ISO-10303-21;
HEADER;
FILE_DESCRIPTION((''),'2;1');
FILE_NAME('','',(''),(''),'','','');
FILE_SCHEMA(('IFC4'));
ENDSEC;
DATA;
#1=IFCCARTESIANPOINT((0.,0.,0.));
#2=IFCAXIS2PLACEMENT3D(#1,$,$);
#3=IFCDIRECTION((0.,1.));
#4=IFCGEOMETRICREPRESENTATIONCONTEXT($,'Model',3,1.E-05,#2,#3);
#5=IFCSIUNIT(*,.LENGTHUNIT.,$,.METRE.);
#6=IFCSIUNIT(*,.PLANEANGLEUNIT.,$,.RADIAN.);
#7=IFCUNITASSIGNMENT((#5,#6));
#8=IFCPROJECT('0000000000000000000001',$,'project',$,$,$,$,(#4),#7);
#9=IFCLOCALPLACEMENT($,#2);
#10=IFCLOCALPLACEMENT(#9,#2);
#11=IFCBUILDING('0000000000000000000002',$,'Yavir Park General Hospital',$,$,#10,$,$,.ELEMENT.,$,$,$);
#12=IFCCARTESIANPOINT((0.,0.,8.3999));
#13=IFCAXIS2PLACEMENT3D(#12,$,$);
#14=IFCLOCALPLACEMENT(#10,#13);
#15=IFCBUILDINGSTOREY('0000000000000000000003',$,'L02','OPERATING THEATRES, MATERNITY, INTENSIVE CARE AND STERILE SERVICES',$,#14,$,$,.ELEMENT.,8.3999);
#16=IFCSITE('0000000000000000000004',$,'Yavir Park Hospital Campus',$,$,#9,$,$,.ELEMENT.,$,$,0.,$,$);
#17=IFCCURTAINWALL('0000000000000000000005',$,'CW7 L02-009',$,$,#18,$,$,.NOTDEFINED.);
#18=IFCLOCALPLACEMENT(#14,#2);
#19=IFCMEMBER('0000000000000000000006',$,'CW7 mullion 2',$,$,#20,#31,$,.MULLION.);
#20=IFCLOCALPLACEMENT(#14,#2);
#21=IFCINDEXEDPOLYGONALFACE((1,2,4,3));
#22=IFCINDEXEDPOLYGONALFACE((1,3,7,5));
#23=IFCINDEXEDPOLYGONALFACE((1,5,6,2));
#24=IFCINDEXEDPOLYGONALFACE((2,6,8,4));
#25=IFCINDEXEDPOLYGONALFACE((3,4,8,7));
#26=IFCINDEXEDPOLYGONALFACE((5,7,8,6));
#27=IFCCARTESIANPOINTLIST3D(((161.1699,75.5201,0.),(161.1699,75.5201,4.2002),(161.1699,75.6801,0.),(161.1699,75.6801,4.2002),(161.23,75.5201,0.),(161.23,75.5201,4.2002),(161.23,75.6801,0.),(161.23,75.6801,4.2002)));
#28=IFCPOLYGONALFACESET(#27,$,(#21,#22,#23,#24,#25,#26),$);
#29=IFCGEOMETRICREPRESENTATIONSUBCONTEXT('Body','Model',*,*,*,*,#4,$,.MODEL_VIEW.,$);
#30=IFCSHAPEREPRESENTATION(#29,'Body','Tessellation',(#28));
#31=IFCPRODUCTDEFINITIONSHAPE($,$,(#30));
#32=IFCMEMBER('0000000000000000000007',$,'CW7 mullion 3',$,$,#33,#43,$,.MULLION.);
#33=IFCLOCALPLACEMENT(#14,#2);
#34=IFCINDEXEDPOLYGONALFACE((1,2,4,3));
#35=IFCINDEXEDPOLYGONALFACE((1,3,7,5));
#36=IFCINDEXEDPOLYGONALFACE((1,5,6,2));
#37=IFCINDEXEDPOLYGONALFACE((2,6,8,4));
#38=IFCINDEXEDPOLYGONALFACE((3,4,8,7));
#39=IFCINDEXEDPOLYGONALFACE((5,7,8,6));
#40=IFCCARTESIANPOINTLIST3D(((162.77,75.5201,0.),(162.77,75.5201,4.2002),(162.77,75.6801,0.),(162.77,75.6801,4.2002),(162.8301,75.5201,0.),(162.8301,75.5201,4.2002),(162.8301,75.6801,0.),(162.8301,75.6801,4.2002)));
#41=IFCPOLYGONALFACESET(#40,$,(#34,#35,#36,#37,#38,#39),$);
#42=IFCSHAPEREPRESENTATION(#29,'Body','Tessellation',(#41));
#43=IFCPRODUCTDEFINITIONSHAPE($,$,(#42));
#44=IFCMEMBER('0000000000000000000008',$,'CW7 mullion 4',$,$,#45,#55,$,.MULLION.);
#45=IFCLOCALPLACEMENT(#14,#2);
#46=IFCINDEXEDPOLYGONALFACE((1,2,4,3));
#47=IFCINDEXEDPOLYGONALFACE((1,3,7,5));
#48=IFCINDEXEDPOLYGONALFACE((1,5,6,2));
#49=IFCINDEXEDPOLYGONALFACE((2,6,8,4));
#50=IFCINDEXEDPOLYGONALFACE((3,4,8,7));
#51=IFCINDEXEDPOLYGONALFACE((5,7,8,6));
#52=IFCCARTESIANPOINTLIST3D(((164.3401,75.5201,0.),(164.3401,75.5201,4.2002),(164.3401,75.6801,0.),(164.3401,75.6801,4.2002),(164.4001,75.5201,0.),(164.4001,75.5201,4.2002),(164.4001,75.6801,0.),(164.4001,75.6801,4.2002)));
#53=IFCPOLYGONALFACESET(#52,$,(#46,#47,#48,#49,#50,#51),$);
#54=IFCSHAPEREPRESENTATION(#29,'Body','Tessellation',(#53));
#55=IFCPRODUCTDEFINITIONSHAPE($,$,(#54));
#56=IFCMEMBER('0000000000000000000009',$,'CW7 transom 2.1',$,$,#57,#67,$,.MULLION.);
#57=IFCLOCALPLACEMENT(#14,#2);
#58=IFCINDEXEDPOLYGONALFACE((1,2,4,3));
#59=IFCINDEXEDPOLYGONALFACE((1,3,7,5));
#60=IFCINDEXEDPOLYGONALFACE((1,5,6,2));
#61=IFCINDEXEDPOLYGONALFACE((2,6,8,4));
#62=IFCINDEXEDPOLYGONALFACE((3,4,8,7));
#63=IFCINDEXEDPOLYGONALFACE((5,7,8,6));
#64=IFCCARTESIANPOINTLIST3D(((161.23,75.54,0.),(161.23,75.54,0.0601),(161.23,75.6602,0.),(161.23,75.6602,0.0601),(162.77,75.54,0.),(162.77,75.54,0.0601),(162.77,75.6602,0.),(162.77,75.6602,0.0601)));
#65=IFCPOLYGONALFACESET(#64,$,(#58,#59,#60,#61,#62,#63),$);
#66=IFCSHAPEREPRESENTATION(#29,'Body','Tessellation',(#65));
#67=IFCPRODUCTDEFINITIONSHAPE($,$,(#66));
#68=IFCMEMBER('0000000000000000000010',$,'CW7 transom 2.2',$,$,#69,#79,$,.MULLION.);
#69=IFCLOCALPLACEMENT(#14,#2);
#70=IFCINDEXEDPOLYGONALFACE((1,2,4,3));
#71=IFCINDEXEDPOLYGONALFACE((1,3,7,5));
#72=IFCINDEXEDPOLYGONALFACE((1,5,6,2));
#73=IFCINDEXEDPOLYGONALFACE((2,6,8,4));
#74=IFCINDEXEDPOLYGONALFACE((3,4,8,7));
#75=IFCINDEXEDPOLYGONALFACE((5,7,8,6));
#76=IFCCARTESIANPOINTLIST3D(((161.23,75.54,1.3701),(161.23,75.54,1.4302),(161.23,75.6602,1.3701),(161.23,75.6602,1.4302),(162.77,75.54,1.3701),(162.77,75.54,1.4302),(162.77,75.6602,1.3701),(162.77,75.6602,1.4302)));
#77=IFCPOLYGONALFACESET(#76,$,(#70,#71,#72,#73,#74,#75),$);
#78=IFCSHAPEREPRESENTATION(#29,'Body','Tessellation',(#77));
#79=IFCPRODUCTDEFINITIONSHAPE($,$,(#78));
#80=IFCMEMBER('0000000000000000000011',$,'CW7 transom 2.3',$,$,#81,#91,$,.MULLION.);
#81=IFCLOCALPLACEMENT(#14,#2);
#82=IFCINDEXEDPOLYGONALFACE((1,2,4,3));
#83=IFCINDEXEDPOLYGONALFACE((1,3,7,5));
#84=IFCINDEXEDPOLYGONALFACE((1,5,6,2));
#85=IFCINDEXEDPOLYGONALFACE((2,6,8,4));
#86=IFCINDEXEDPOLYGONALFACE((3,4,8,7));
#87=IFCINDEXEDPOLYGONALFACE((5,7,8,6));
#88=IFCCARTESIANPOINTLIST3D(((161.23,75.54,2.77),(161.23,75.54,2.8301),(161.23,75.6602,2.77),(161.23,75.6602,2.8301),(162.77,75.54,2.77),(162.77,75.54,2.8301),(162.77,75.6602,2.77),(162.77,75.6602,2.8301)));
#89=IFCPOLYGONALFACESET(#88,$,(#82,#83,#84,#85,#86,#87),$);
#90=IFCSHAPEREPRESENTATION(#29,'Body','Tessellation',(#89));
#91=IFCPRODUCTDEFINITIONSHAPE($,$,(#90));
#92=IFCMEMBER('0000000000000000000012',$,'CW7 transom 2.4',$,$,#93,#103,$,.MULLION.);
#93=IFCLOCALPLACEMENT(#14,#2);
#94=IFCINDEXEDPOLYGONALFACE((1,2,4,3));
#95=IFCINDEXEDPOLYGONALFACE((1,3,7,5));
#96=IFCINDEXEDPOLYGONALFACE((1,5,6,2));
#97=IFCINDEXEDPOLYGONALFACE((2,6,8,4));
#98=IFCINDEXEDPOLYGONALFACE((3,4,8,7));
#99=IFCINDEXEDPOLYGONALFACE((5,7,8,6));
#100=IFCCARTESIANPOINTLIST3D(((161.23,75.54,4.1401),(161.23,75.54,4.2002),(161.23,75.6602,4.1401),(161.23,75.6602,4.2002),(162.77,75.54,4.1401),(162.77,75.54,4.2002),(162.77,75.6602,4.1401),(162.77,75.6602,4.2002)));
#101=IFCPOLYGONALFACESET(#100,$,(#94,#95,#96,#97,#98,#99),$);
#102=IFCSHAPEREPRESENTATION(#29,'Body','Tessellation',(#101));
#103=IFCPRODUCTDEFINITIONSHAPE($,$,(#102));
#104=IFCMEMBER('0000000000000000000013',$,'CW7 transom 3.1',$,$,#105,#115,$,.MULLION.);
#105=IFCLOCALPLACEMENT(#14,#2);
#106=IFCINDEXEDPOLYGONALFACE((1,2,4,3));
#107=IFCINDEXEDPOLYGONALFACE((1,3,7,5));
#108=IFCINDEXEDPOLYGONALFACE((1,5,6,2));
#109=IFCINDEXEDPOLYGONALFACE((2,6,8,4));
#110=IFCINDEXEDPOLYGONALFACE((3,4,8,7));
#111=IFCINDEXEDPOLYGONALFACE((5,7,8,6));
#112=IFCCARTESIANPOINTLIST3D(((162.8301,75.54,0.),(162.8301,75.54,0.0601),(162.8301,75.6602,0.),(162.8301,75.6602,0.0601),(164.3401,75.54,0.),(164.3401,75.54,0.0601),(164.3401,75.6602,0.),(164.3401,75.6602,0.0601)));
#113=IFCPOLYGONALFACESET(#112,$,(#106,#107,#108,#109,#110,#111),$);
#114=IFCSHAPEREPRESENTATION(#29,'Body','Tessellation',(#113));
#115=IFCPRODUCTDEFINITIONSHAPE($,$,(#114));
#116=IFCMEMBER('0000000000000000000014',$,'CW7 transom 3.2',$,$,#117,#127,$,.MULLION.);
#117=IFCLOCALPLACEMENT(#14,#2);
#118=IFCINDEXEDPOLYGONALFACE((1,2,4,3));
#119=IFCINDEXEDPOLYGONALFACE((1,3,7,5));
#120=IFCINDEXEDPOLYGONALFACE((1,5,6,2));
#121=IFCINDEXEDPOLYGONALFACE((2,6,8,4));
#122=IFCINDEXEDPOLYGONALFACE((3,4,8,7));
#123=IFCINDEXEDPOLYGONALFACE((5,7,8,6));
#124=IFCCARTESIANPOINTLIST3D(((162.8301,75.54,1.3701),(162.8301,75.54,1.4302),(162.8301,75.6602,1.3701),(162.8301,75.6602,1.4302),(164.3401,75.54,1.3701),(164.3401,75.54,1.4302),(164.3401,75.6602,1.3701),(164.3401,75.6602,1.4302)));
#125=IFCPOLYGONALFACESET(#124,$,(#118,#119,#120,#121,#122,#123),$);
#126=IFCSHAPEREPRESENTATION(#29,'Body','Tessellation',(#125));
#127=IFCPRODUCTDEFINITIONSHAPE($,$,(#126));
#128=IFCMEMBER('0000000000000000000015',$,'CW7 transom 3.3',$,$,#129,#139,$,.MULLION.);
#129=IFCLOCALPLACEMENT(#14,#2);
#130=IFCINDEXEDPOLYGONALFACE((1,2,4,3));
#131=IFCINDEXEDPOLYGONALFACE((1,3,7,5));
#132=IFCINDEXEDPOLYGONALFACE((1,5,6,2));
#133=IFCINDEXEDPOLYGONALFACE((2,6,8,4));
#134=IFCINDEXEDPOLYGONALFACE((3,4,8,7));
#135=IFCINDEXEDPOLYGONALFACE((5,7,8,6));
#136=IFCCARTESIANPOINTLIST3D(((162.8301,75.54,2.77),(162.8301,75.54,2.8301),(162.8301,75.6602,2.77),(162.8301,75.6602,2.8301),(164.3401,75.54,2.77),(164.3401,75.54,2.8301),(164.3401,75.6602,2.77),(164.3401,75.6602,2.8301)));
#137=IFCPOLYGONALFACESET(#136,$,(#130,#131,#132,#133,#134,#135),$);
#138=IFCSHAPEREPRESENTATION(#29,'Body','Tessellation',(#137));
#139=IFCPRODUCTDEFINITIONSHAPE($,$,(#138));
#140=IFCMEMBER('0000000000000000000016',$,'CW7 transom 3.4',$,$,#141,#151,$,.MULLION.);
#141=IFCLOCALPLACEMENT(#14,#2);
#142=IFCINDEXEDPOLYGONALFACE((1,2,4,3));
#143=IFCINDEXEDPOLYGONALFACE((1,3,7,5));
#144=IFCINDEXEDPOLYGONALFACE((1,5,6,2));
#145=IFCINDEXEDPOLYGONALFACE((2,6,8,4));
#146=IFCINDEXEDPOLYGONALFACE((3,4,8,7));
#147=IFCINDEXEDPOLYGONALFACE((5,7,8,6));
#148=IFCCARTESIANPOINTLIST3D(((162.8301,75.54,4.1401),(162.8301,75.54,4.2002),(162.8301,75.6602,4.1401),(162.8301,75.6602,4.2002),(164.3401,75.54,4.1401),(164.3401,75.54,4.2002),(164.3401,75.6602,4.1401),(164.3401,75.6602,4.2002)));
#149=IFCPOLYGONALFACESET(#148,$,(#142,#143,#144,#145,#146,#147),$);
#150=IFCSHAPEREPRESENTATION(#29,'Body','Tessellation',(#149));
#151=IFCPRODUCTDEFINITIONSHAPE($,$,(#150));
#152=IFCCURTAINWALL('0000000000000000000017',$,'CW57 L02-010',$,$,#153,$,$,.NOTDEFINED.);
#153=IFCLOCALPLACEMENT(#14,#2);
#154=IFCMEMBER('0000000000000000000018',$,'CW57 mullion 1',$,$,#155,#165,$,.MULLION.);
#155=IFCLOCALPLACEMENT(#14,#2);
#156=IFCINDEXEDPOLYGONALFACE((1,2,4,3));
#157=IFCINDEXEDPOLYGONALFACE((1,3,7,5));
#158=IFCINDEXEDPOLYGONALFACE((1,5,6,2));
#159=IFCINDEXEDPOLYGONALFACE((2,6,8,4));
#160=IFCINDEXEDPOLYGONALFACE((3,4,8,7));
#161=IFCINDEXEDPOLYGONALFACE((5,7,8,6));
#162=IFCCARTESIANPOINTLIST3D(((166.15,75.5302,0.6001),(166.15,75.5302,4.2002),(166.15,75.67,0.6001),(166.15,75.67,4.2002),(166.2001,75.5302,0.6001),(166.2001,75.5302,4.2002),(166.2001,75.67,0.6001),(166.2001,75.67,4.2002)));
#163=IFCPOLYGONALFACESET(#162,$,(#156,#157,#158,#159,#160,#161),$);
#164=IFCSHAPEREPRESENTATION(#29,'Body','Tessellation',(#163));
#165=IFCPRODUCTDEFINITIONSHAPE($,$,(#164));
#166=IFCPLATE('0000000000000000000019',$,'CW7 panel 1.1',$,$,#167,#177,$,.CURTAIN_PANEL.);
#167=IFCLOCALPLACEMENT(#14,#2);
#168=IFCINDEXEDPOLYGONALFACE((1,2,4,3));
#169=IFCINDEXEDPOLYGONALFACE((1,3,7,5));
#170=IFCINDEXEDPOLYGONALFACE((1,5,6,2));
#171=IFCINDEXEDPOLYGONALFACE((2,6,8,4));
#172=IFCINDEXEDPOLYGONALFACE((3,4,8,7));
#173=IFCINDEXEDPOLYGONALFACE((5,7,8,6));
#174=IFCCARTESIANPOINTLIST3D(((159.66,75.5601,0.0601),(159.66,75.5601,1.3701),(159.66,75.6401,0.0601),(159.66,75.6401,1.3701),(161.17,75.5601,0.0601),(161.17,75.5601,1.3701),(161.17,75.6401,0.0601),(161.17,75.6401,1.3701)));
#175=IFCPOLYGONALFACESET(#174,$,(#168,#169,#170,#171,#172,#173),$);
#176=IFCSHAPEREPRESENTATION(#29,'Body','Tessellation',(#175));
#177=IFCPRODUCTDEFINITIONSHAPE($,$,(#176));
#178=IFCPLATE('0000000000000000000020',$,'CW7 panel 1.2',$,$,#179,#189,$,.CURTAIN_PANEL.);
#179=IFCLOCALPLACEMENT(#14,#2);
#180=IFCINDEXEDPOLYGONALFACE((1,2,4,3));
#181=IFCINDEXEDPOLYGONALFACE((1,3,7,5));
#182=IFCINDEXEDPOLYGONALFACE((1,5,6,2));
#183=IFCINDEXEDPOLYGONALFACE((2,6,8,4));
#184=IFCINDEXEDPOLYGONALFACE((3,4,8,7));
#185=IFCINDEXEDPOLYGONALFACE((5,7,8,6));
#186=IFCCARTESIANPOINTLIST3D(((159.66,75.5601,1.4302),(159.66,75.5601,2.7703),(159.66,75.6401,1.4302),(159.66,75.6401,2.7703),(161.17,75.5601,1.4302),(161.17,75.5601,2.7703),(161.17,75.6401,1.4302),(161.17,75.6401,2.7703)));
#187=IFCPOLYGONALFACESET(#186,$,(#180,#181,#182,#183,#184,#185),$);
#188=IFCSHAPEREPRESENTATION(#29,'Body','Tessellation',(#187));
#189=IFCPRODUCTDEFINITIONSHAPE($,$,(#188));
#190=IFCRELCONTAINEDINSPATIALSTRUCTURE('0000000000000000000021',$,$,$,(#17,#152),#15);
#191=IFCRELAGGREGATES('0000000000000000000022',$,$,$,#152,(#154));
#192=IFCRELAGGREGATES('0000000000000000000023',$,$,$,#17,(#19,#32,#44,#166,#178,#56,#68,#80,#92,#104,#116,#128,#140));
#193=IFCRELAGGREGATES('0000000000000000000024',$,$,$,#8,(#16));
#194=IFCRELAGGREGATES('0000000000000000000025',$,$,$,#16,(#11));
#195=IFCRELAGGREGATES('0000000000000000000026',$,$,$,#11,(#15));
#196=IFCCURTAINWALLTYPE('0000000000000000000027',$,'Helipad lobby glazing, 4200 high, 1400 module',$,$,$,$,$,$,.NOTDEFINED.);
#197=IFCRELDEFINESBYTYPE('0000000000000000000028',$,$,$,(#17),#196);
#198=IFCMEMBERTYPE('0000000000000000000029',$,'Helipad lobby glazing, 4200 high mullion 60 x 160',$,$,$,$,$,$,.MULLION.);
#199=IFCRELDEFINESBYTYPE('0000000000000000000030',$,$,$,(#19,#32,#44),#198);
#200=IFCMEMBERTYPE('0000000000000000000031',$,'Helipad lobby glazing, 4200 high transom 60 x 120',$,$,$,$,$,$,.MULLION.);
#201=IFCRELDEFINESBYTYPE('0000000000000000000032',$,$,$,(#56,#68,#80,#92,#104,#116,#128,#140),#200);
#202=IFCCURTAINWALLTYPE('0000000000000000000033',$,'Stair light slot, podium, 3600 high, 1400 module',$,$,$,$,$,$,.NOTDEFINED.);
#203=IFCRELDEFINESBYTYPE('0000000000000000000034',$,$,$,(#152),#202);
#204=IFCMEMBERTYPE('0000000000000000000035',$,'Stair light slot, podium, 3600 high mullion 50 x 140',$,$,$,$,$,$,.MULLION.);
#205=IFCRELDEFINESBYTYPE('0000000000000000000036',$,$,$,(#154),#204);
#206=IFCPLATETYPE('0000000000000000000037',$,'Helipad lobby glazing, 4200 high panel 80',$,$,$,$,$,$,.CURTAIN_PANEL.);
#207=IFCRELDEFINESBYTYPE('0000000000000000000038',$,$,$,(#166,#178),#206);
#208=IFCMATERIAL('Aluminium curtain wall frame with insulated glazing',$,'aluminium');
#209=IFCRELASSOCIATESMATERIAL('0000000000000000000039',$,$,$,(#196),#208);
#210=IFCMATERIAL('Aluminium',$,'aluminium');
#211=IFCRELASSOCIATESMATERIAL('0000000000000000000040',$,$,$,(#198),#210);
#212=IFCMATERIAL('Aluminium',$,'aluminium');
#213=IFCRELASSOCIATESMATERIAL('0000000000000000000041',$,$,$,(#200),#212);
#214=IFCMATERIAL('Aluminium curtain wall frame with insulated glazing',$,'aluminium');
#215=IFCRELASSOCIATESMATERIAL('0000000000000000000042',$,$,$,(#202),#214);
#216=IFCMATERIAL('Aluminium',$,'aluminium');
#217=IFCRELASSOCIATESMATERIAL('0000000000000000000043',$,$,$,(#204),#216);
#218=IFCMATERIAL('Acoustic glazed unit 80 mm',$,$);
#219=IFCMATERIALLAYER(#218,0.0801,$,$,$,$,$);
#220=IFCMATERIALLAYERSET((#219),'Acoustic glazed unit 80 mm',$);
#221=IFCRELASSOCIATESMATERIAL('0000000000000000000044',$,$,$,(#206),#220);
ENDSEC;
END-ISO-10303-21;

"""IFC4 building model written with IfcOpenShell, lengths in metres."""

from ifc_helpers import new_model, si_unit, direction, frame, origin, origin_2d, place, context, subcontext, project, spatial, rectangle, extrude, material, layer, layer_set, material_profile, profile_set, type_object, element, aggregate, save


model = new_model("IFC4")

# Units and contexts
model_context = context("Model", 3, precision=1e-05, world=origin(), true_north=direction((0.0, 1.0)))
body_context = subcontext(model_context, "Body", "Model", "MODEL_VIEW")
ifc_project = project(units=[si_unit("LENGTHUNIT", "METRE"), si_unit("PLANEANGLEUNIT", "RADIAN")], contexts=[model_context])

# Site, building, storey
site_placement = place(None, origin())
site = spatial("IfcSite", under=ifc_project, at=site_placement, Name="Yavir Park Hospital Campus", CompositionType="ELEMENT", RefElevation=0.0)
building_placement = place(site_placement, origin())
building = spatial("IfcBuilding", under=site, at=building_placement, Name="Yavir Park General Hospital", CompositionType="ELEMENT")
storey_placement = place(building_placement, frame((0.0, 0.0, 8.3999)))
storey = spatial("IfcBuildingStorey", under=building, at=storey_placement, Name="L02", Description="OPERATING THEATRES, MATERNITY, INTENSIVE CARE AND STERILE SERVICES", CompositionType="ELEMENT", Elevation=8.3999)

# Curtain wall, members
ifc_material_1 = material(Name="Aluminium curtain wall frame with insulated glazing", Category="aluminium")
curtain_wall_type_1 = type_object("IfcCurtainWallType", Name="Helipad lobby glazing, 4200 high, 1400 module", PredefinedType="NOTDEFINED", material=ifc_material_1)
curtain_wall_1_placement = place(storey_placement, origin())
curtain_wall_1 = element("IfcCurtainWall", 1, at=curtain_wall_1_placement, inside=storey, type_object=curtain_wall_type_1, Name="CW7 L02-009", PredefinedType="NOTDEFINED")
ifc_material_2 = material(Name="Aluminium", Category="aluminium")
ifc_material_profile_1 = material_profile(ifc_material_2, rectangle(XDim=0.1599, YDim=0.0601, at=origin_2d()), Name="AL 60x160")
ifc_profile_set_1 = profile_set([ifc_material_profile_1], Name="Aluminium")
member_type_1 = type_object("IfcMemberType", Name="Helipad lobby glazing, 4200 high mullion 60 x 160", PredefinedType="MULLION", material=ifc_profile_set_1)
member_1_placement = place(storey_placement, frame((161.2, 75.6001, 0.0), z_axis=(0.0, 0.0, 1.0), x_axis=(0.0, 1.0, 0.0)))
member_1 = element("IfcMember", 2, at=member_1_placement, type_object=member_type_1, Name="CW7 mullion 2", PredefinedType="MULLION", context=body_context, shape_type="SweptSolid", body=[
    extrude(rectangle(XDim=0.1599, YDim=0.0601, at=origin_2d()), origin(), (0.0, 0.0, 1.0), 4.2002),
])
member_2_placement = place(storey_placement, frame((162.8, 75.6001, 0.0), z_axis=(0.0, 0.0, 1.0), x_axis=(0.0, 1.0, 0.0)))
member_2 = element("IfcMember", 3, at=member_2_placement, type_object=member_type_1, Name="CW7 mullion 3", PredefinedType="MULLION", context=body_context, shape_type="SweptSolid", body=[
    extrude(rectangle(XDim=0.1599, YDim=0.0601, at=origin_2d()), origin(), (0.0, 0.0, 1.0), 4.2002),
])
member_3_placement = place(storey_placement, frame((164.3701, 75.6001, 0.0), z_axis=(0.0, 0.0, 1.0), x_axis=(0.0, 1.0, 0.0)))
member_3 = element("IfcMember", 4, at=member_3_placement, type_object=member_type_1, Name="CW7 mullion 4", PredefinedType="MULLION", context=body_context, shape_type="SweptSolid", body=[
    extrude(rectangle(XDim=0.1599, YDim=0.0601, at=origin_2d()), origin(), (0.0, 0.0, 1.0), 4.2002),
])
ifc_material_3 = material(Name="Aluminium", Category="aluminium")
ifc_material_profile_2 = material_profile(ifc_material_3, rectangle(XDim=0.1201, YDim=0.0601, at=origin_2d()), Name="AL 120x60")
ifc_profile_set_2 = profile_set([ifc_material_profile_2], Name="Aluminium")
member_type_2 = type_object("IfcMemberType", Name="Helipad lobby glazing, 4200 high transom 60 x 120", PredefinedType="MULLION", material=ifc_profile_set_2)
member_4_placement = place(storey_placement, frame((161.23, 75.6001, 0.03), z_axis=(1.0, 0.0, 0.0), x_axis=(0.0, 1.0, 0.0)))
member_4 = element("IfcMember", 5, at=member_4_placement, type_object=member_type_2, Name="CW7 transom 2.1", PredefinedType="MULLION", context=body_context, shape_type="SweptSolid", body=[
    extrude(rectangle(XDim=0.1201, YDim=0.0601, at=origin_2d()), origin(), (0.0, 0.0, 1.0), 1.54),
])
member_5_placement = place(storey_placement, frame((161.23, 75.6001, 1.4001), z_axis=(1.0, 0.0, 0.0), x_axis=(0.0, 1.0, 0.0)))
member_5 = element("IfcMember", 6, at=member_5_placement, type_object=member_type_2, Name="CW7 transom 2.2", PredefinedType="MULLION", context=body_context, shape_type="SweptSolid", body=[
    extrude(rectangle(XDim=0.1201, YDim=0.0601, at=origin_2d()), origin(), (0.0, 0.0, 1.0), 1.54),
])
member_6_placement = place(storey_placement, frame((161.23, 75.6001, 2.8), z_axis=(1.0, 0.0, 0.0), x_axis=(0.0, 1.0, 0.0)))
member_6 = element("IfcMember", 7, at=member_6_placement, type_object=member_type_2, Name="CW7 transom 2.3", PredefinedType="MULLION", context=body_context, shape_type="SweptSolid", body=[
    extrude(rectangle(XDim=0.1201, YDim=0.0601, at=origin_2d()), origin(), (0.0, 0.0, 1.0), 1.54),
])
member_7_placement = place(storey_placement, frame((161.23, 75.6001, 4.1702), z_axis=(1.0, 0.0, 0.0), x_axis=(0.0, 1.0, 0.0)))
member_7 = element("IfcMember", 8, at=member_7_placement, type_object=member_type_2, Name="CW7 transom 2.4", PredefinedType="MULLION", context=body_context, shape_type="SweptSolid", body=[
    extrude(rectangle(XDim=0.1201, YDim=0.0601, at=origin_2d()), origin(), (0.0, 0.0, 1.0), 1.54),
])
member_8_placement = place(storey_placement, frame((162.8301, 75.6001, 0.03), z_axis=(1.0, 0.0, 0.0), x_axis=(0.0, 1.0, 0.0)))
member_8 = element("IfcMember", 9, at=member_8_placement, type_object=member_type_2, Name="CW7 transom 3.1", PredefinedType="MULLION", context=body_context, shape_type="SweptSolid", body=[
    extrude(rectangle(XDim=0.1201, YDim=0.0601, at=origin_2d()), origin(), (0.0, 0.0, 1.0), 1.51),
])
member_9_placement = place(storey_placement, frame((162.8301, 75.6001, 1.4001), z_axis=(1.0, 0.0, 0.0), x_axis=(0.0, 1.0, 0.0)))
member_9 = element("IfcMember", 10, at=member_9_placement, type_object=member_type_2, Name="CW7 transom 3.2", PredefinedType="MULLION", context=body_context, shape_type="SweptSolid", body=[
    extrude(rectangle(XDim=0.1201, YDim=0.0601, at=origin_2d()), origin(), (0.0, 0.0, 1.0), 1.51),
])
member_10_placement = place(storey_placement, frame((162.8301, 75.6001, 2.8), z_axis=(1.0, 0.0, 0.0), x_axis=(0.0, 1.0, 0.0)))
member_10 = element("IfcMember", 11, at=member_10_placement, type_object=member_type_2, Name="CW7 transom 3.3", PredefinedType="MULLION", context=body_context, shape_type="SweptSolid", body=[
    extrude(rectangle(XDim=0.1201, YDim=0.0601, at=origin_2d()), origin(), (0.0, 0.0, 1.0), 1.51),
])
member_11_placement = place(storey_placement, frame((162.8301, 75.6001, 4.1702), z_axis=(1.0, 0.0, 0.0), x_axis=(0.0, 1.0, 0.0)))
member_11 = element("IfcMember", 12, at=member_11_placement, type_object=member_type_2, Name="CW7 transom 3.4", PredefinedType="MULLION", context=body_context, shape_type="SweptSolid", body=[
    extrude(rectangle(XDim=0.1201, YDim=0.0601, at=origin_2d()), origin(), (0.0, 0.0, 1.0), 1.51),
])

# Curtain wall, member
ifc_material_4 = material(Name="Aluminium curtain wall frame with insulated glazing", Category="aluminium")
curtain_wall_type_2 = type_object("IfcCurtainWallType", Name="Stair light slot, podium, 3600 high, 1400 module", PredefinedType="NOTDEFINED", material=ifc_material_4)
curtain_wall_2_placement = place(storey_placement, origin())
curtain_wall_2 = element("IfcCurtainWall", 13, at=curtain_wall_2_placement, inside=storey, type_object=curtain_wall_type_2, Name="CW57 L02-010", PredefinedType="NOTDEFINED")
ifc_material_5 = material(Name="Aluminium", Category="aluminium")
ifc_material_profile_3 = material_profile(ifc_material_5, rectangle(XDim=0.1399, YDim=0.05, at=origin_2d()), Name="AL 50x140")
ifc_profile_set_3 = profile_set([ifc_material_profile_3], Name="Aluminium")
member_type_3 = type_object("IfcMemberType", Name="Stair light slot, podium, 3600 high mullion 50 x 140", PredefinedType="MULLION", material=ifc_profile_set_3)
member_12_placement = place(storey_placement, frame((166.175, 75.6001, 0.6001), z_axis=(0.0, 0.0, 1.0), x_axis=(0.0, 1.0, 0.0)))
member_12 = element("IfcMember", 14, at=member_12_placement, type_object=member_type_3, Name="CW57 mullion 1", PredefinedType="MULLION", context=body_context, shape_type="SweptSolid", body=[
    extrude(rectangle(XDim=0.1399, YDim=0.05, at=origin_2d()), origin(), (0.0, 0.0, 1.0), 3.6001),
])
aggregate(curtain_wall_2, [member_12])

# Plates
ifc_material_6 = material(Name="Acoustic glazed unit 80 mm")
ifc_layer = layer(ifc_material_6, 0.0801)
ifc_layer_set = layer_set([ifc_layer], Name="Acoustic glazed unit 80 mm")
plate_type = type_object("IfcPlateType", Name="Helipad lobby glazing, 4200 high panel 80", PredefinedType="CURTAIN_PANEL", material=ifc_layer_set)
plate_1_placement = place(storey_placement, frame((160.415, 75.6001, 0.0601), z_axis=(0.0, 0.0, 1.0), x_axis=(1.0, 0.0, 0.0)))
plate_1 = element("IfcPlate", 15, at=plate_1_placement, type_object=plate_type, Name="CW7 panel 1.1", PredefinedType="CURTAIN_PANEL", context=body_context, shape_type="SweptSolid", body=[
    extrude(rectangle(XDim=1.51, YDim=0.0801, at=origin_2d()), origin(), (0.0, 0.0, 1.0), 1.3101),
])
plate_2_placement = place(storey_placement, frame((160.415, 75.6001, 1.4302), z_axis=(0.0, 0.0, 1.0), x_axis=(1.0, 0.0, 0.0)))
plate_2 = element("IfcPlate", 16, at=plate_2_placement, type_object=plate_type, Name="CW7 panel 1.2", PredefinedType="CURTAIN_PANEL", context=body_context, shape_type="SweptSolid", body=[
    extrude(rectangle(XDim=1.51, YDim=0.0801, at=origin_2d()), origin(), (0.0, 0.0, 1.0), 1.3401),
])
aggregate(curtain_wall_1, [member_1, member_2, member_3, plate_1, plate_2, member_4, member_5, member_6, member_7, member_8, member_9, member_10, member_11])

save(model, "model.ifc")
